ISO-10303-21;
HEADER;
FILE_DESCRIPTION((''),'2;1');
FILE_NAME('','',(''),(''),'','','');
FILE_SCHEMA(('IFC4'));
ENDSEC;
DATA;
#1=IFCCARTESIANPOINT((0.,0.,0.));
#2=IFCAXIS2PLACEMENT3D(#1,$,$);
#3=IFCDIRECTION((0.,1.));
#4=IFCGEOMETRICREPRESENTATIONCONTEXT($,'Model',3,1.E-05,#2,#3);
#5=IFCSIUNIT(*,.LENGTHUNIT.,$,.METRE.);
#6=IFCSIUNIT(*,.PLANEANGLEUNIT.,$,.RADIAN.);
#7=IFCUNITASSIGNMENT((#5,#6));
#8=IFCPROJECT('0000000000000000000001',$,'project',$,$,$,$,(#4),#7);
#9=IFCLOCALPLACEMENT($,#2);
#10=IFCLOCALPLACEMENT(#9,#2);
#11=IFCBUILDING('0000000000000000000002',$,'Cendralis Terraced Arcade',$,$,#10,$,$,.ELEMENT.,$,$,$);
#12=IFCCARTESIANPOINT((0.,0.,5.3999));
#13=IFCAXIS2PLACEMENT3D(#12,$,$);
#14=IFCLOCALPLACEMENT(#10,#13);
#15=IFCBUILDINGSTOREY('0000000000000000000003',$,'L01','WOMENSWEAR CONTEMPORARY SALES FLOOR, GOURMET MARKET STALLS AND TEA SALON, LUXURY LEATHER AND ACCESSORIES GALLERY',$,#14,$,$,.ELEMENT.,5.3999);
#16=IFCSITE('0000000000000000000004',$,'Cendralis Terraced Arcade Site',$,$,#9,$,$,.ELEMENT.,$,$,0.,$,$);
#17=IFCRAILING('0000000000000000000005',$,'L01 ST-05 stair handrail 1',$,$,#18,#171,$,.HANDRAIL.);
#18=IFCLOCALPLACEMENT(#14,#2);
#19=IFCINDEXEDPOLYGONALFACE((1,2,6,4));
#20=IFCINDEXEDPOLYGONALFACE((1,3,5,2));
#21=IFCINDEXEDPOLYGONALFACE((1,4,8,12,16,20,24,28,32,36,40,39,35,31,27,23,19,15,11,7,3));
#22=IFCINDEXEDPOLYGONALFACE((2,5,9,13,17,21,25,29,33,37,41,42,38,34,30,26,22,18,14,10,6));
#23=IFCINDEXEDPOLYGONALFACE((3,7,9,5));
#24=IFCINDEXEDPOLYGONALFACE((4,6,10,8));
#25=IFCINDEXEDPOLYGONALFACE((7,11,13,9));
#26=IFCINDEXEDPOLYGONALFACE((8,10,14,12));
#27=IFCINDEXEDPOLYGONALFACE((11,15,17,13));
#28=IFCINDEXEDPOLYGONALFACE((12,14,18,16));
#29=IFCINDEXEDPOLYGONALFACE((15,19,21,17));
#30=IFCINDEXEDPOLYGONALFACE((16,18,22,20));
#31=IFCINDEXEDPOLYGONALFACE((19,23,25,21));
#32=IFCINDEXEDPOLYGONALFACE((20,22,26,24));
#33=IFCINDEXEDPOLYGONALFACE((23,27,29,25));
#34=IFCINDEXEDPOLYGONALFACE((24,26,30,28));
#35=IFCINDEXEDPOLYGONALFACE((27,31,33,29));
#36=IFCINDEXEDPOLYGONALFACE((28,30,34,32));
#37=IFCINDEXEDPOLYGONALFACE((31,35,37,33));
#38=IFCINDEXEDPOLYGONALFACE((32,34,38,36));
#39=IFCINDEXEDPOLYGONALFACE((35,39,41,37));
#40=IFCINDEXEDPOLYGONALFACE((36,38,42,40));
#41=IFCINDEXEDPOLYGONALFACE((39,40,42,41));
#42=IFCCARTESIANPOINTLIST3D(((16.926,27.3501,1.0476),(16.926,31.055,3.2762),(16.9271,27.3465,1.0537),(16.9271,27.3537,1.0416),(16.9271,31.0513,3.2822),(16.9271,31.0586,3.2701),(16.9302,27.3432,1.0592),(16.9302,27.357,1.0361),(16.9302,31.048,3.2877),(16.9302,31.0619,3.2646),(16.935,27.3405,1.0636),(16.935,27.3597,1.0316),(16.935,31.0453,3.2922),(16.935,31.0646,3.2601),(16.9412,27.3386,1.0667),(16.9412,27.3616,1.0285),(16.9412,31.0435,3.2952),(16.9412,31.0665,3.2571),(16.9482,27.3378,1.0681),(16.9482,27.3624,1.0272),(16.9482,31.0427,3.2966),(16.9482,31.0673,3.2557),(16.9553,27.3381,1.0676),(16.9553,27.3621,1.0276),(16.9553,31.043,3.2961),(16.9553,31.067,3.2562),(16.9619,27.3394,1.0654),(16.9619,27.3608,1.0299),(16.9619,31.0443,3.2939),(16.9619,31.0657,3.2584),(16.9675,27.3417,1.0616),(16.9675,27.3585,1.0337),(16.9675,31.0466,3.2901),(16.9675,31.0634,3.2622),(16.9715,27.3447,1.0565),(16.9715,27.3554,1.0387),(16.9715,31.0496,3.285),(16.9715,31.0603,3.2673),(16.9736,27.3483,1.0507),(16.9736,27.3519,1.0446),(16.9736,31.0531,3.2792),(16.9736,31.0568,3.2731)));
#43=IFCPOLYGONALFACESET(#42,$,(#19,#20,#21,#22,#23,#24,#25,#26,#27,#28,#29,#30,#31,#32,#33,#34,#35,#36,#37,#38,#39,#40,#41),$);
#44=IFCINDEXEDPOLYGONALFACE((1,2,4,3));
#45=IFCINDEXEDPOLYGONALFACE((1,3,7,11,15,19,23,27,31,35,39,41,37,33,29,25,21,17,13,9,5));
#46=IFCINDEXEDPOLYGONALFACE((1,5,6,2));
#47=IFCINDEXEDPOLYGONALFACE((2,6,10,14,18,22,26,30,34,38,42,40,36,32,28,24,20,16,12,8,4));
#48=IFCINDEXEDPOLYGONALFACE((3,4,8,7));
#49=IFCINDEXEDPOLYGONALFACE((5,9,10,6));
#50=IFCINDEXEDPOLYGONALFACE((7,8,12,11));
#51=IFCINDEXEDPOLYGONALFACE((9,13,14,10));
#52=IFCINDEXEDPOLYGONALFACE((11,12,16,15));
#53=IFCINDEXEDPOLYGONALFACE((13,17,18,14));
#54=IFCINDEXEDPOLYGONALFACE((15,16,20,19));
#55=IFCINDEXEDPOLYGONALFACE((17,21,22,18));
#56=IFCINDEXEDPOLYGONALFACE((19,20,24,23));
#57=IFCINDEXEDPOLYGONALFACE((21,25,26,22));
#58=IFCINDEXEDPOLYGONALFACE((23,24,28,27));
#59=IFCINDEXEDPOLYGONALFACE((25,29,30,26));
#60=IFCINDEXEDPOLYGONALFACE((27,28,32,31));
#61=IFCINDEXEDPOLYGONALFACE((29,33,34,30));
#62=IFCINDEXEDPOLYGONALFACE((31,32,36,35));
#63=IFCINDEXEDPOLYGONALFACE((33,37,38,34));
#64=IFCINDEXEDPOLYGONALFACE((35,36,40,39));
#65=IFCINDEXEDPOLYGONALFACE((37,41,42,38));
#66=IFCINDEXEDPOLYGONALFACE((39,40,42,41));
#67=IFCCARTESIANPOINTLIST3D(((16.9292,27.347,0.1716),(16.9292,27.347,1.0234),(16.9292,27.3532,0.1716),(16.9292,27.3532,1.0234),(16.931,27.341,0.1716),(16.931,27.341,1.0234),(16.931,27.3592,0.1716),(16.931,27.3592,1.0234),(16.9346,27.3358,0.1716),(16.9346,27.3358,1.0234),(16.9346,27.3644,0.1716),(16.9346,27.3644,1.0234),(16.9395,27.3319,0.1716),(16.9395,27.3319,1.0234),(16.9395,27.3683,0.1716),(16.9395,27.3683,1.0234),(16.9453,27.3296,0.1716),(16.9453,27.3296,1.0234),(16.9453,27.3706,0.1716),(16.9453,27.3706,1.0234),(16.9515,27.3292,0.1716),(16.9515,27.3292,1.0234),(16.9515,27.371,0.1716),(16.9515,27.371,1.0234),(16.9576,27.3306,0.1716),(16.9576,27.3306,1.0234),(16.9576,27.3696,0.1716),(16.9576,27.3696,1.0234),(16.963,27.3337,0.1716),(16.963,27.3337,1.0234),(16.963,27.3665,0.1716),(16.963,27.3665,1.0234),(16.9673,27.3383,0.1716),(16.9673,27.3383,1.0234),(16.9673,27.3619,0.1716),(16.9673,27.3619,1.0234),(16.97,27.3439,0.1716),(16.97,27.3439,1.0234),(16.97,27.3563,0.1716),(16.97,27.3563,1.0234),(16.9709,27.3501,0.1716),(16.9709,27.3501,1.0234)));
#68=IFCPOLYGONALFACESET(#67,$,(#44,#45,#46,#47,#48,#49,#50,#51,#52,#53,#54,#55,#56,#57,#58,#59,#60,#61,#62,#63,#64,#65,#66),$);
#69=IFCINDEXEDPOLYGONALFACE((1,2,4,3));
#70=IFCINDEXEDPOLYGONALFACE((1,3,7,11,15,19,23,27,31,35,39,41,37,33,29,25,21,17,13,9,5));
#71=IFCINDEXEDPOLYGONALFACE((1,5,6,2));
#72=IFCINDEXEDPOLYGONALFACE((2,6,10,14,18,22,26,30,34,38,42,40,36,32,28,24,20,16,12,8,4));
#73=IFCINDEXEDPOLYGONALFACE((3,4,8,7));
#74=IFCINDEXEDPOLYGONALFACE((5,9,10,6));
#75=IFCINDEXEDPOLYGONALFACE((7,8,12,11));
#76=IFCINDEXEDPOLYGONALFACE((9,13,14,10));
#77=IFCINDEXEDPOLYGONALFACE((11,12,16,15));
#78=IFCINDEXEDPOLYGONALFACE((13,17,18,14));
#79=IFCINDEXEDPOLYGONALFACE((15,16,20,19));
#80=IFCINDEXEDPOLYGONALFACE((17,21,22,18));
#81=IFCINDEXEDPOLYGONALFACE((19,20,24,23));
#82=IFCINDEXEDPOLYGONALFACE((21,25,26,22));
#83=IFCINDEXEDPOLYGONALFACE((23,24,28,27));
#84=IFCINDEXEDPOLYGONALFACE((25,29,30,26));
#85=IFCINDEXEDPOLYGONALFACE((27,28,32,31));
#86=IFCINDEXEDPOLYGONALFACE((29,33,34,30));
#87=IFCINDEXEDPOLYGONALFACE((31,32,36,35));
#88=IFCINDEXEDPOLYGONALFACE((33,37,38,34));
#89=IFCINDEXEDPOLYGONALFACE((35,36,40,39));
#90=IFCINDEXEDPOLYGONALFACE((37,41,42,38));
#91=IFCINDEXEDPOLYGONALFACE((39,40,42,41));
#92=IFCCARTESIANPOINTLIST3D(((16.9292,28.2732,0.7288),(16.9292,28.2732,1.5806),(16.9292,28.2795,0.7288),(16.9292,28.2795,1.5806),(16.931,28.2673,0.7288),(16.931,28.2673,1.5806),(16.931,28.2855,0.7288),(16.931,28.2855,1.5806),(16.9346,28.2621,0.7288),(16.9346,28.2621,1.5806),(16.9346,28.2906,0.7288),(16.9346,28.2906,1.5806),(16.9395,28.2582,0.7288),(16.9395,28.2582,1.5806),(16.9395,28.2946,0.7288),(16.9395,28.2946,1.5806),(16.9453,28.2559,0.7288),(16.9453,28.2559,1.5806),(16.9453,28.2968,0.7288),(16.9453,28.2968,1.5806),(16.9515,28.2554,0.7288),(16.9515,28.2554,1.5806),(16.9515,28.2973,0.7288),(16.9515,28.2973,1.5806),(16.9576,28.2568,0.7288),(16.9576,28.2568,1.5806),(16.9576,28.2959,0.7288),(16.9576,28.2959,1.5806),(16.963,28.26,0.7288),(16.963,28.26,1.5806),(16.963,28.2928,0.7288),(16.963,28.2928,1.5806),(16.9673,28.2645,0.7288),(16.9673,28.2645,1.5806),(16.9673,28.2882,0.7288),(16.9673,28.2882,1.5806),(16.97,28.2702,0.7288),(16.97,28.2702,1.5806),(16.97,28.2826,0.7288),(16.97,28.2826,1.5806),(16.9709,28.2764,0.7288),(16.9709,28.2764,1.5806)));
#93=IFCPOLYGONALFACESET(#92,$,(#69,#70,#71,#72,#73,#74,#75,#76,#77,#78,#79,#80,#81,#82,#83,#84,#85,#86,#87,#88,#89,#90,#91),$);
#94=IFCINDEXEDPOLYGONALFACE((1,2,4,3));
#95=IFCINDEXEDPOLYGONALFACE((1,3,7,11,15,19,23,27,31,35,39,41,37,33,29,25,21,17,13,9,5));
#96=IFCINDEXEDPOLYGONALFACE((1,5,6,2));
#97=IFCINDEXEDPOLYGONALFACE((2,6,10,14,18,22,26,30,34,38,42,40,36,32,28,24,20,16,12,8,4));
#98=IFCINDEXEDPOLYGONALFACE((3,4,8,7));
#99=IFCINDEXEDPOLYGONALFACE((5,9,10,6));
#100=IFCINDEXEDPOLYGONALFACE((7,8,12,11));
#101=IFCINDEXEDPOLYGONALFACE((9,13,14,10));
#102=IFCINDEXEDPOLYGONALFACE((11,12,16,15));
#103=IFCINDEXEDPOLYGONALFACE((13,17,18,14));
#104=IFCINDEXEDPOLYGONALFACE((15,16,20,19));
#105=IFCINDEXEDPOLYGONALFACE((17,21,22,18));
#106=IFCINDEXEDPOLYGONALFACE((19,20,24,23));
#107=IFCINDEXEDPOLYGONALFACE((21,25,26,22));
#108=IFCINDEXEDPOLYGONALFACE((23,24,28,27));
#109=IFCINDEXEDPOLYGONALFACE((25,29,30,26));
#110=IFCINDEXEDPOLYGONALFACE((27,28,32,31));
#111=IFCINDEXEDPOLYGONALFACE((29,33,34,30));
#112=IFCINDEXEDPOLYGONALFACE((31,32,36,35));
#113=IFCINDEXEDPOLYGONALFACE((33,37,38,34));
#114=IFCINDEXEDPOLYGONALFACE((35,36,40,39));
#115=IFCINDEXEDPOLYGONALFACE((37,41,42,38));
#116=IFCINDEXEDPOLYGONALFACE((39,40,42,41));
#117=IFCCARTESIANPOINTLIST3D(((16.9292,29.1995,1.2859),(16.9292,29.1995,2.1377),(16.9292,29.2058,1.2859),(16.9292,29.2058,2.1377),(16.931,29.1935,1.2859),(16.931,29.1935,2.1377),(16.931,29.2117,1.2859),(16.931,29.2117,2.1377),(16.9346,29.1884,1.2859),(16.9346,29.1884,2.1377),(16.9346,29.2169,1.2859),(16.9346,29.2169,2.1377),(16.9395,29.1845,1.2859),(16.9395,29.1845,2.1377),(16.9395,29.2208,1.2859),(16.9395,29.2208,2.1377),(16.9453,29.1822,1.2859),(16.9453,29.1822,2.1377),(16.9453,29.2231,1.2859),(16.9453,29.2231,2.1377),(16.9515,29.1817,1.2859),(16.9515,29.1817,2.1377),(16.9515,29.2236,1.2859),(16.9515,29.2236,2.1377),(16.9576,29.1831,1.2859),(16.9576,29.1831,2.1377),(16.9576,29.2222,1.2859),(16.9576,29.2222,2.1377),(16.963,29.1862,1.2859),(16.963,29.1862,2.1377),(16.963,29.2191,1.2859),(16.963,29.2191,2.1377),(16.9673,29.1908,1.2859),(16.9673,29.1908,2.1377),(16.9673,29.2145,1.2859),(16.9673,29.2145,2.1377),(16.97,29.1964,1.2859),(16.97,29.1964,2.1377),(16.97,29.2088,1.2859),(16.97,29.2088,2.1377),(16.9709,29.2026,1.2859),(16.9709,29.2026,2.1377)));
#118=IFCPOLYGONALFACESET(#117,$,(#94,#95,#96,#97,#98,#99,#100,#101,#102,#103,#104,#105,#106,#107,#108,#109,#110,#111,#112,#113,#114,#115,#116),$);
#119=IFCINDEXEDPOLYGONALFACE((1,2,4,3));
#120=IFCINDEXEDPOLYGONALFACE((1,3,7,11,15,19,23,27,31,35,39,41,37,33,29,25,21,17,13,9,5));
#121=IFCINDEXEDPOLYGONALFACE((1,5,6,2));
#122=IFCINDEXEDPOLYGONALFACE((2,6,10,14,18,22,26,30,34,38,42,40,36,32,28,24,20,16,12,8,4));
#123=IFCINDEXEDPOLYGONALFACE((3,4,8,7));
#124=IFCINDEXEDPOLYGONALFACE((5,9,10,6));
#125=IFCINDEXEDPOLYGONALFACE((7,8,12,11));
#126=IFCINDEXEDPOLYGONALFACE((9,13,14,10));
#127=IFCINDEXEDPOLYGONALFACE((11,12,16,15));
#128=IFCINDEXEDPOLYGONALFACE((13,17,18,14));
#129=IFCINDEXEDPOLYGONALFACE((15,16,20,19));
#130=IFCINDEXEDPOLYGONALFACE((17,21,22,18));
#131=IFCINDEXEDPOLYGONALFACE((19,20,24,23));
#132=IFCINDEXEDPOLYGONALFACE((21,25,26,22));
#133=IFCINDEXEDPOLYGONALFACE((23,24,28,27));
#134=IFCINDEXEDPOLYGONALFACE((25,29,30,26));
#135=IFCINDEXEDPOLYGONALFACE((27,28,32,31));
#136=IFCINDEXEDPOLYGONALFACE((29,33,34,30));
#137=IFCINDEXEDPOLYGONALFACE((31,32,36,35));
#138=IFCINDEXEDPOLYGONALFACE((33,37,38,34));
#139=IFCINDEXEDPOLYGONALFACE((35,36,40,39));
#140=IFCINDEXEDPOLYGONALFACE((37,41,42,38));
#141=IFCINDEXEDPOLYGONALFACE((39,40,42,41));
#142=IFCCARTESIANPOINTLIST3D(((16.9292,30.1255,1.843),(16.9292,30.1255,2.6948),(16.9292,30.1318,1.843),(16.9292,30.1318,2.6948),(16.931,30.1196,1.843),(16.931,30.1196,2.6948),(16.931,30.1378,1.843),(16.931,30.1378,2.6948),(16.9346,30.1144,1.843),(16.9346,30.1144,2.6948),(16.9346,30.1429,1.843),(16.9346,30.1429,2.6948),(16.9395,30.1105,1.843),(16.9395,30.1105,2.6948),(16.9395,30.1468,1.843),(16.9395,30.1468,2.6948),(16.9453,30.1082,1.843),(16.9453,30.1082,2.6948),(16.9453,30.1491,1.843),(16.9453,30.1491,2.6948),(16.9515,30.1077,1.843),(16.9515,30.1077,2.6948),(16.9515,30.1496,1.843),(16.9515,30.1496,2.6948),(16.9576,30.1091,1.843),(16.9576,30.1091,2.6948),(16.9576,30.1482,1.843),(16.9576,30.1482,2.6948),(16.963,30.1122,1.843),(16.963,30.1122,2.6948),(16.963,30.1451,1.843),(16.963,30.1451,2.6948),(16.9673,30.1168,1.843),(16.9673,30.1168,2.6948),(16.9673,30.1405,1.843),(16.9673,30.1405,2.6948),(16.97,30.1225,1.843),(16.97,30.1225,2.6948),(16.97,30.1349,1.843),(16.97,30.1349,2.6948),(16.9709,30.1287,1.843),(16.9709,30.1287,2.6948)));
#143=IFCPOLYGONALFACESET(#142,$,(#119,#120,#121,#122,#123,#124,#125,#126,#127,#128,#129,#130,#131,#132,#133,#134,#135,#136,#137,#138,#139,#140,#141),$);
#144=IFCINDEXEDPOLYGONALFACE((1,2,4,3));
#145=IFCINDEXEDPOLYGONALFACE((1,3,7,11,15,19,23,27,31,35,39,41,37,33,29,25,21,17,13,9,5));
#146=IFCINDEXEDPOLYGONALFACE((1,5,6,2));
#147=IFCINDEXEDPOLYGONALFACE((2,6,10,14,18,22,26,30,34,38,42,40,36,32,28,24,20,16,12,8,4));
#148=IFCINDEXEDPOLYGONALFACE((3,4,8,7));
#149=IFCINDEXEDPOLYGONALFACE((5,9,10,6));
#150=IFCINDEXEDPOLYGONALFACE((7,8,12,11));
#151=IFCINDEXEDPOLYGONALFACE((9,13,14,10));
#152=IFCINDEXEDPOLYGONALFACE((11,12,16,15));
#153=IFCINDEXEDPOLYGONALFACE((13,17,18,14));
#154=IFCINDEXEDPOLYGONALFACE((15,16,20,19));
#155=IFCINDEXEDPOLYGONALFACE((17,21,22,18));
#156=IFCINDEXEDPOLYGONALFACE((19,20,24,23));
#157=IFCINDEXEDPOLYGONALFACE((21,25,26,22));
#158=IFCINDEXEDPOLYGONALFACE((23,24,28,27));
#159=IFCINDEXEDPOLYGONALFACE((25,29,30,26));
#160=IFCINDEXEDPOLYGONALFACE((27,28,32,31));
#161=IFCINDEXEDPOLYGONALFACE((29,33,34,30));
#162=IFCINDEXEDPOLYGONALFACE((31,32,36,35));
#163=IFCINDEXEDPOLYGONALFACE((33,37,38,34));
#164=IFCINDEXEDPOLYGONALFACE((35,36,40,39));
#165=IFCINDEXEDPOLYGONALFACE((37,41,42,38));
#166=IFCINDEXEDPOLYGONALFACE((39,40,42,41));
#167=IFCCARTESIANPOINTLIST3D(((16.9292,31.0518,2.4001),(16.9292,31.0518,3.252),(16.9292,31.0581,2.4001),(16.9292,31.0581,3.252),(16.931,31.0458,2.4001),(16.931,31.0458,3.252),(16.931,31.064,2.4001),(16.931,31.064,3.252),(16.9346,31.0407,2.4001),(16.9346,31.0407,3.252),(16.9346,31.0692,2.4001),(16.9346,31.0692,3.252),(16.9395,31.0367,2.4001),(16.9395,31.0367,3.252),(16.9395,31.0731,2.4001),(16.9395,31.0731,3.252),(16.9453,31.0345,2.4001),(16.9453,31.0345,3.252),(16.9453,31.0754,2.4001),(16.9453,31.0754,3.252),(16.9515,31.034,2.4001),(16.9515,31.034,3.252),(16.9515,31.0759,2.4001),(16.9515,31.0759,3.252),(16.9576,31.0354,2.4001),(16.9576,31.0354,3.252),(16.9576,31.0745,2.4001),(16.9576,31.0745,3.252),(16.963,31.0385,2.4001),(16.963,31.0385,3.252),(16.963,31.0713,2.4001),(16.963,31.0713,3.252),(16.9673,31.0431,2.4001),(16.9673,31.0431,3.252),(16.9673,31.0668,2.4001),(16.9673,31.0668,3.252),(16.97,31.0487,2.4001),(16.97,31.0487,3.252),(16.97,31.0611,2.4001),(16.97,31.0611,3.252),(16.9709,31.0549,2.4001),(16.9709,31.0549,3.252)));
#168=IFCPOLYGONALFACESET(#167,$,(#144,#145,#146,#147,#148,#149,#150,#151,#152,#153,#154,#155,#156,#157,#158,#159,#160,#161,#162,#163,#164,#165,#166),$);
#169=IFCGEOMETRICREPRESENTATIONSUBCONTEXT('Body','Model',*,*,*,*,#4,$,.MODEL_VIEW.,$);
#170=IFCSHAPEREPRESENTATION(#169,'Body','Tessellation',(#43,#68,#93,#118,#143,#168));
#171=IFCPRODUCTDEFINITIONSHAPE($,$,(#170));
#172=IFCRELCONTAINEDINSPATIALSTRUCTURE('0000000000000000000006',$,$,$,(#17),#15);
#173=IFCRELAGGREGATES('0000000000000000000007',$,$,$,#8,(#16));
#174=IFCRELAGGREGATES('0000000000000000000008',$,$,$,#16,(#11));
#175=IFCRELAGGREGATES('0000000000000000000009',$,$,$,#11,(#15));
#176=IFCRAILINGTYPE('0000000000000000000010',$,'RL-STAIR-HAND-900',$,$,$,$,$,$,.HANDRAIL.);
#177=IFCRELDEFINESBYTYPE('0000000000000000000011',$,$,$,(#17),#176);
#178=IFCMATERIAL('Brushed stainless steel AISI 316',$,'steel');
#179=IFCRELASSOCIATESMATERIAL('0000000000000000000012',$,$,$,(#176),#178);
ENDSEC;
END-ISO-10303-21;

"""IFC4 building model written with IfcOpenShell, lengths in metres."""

from ifc_helpers import new_model, si_unit, direction, frame, origin, origin_2d, place, context, subcontext, project, spatial, circle, extrude, material, type_object, element, save


model = new_model("IFC4")

# Units and contexts
model_context = context("Model", 3, precision=1e-05, world=origin(), true_north=direction((0.0, 1.0)))
body_context = subcontext(model_context, "Body", "Model", "MODEL_VIEW")
ifc_project = project(units=[si_unit("LENGTHUNIT", "METRE"), si_unit("PLANEANGLEUNIT", "RADIAN")], contexts=[model_context])

# Site, building, storey
site_placement = place(None, origin())
site = spatial("IfcSite", under=ifc_project, at=site_placement, Name="Cendralis Terraced Arcade Site", CompositionType="ELEMENT", RefElevation=0.0)
building_placement = place(site_placement, origin())
building = spatial("IfcBuilding", under=site, at=building_placement, Name="Cendralis Terraced Arcade", CompositionType="ELEMENT")
storey_placement = place(building_placement, frame((0.0, 0.0, 5.3999)))
storey = spatial("IfcBuildingStorey", under=building, at=storey_placement, Name="L01", Description="WOMENSWEAR CONTEMPORARY SALES FLOOR, GOURMET MARKET STALLS AND TEA SALON, LUXURY LEATHER AND ACCESSORIES GALLERY", CompositionType="ELEMENT", Elevation=5.3999)

# Railing
ifc_material_1 = material(Name="Brushed stainless steel AISI 316", Category="steel")
railing_type_1 = type_object("IfcRailingType", Name="RL-STAIR-HAND-900", PredefinedType="HANDRAIL", material=ifc_material_1)
railing_1_placement = place(storey_placement, frame((16.95, 27.3501, 0.1716)))
element("IfcRailing", 1, at=railing_1_placement, inside=storey, type_object=railing_type_1, Name="L01 ST-05 stair handrail 1", PredefinedType="HANDRAIL", context=body_context, shape_type="SweptSolid", body=[
    extrude(circle(Radius=0.0239, at=origin_2d()), frame((0.0, 0.0, 0.876), z_axis=(0.0, 0.856919, 0.51545), x_axis=(-1.0, 0.0, 0.0)), (0.0, 0.0, 1.0), 4.3235),
    extrude(circle(Radius=0.021, at=origin_2d()), origin(), (0.0, 0.0, 1.0), 0.8518),
    extrude(circle(Radius=0.021, at=origin_2d()), frame((0.0, 0.9263, 0.5571)), (0.0, 0.0, 1.0), 0.8518),
    extrude(circle(Radius=0.021, at=origin_2d()), frame((0.0, 1.8525, 1.1143)), (0.0, 0.0, 1.0), 0.8518),
    extrude(circle(Radius=0.021, at=origin_2d()), frame((0.0, 2.7786, 1.6714)), (0.0, 0.0, 1.0), 0.8518),
    extrude(circle(Radius=0.021, at=origin_2d()), frame((0.0, 3.7048, 2.2285)), (0.0, 0.0, 1.0), 0.8518),
])

save(model, "model.ifc")
